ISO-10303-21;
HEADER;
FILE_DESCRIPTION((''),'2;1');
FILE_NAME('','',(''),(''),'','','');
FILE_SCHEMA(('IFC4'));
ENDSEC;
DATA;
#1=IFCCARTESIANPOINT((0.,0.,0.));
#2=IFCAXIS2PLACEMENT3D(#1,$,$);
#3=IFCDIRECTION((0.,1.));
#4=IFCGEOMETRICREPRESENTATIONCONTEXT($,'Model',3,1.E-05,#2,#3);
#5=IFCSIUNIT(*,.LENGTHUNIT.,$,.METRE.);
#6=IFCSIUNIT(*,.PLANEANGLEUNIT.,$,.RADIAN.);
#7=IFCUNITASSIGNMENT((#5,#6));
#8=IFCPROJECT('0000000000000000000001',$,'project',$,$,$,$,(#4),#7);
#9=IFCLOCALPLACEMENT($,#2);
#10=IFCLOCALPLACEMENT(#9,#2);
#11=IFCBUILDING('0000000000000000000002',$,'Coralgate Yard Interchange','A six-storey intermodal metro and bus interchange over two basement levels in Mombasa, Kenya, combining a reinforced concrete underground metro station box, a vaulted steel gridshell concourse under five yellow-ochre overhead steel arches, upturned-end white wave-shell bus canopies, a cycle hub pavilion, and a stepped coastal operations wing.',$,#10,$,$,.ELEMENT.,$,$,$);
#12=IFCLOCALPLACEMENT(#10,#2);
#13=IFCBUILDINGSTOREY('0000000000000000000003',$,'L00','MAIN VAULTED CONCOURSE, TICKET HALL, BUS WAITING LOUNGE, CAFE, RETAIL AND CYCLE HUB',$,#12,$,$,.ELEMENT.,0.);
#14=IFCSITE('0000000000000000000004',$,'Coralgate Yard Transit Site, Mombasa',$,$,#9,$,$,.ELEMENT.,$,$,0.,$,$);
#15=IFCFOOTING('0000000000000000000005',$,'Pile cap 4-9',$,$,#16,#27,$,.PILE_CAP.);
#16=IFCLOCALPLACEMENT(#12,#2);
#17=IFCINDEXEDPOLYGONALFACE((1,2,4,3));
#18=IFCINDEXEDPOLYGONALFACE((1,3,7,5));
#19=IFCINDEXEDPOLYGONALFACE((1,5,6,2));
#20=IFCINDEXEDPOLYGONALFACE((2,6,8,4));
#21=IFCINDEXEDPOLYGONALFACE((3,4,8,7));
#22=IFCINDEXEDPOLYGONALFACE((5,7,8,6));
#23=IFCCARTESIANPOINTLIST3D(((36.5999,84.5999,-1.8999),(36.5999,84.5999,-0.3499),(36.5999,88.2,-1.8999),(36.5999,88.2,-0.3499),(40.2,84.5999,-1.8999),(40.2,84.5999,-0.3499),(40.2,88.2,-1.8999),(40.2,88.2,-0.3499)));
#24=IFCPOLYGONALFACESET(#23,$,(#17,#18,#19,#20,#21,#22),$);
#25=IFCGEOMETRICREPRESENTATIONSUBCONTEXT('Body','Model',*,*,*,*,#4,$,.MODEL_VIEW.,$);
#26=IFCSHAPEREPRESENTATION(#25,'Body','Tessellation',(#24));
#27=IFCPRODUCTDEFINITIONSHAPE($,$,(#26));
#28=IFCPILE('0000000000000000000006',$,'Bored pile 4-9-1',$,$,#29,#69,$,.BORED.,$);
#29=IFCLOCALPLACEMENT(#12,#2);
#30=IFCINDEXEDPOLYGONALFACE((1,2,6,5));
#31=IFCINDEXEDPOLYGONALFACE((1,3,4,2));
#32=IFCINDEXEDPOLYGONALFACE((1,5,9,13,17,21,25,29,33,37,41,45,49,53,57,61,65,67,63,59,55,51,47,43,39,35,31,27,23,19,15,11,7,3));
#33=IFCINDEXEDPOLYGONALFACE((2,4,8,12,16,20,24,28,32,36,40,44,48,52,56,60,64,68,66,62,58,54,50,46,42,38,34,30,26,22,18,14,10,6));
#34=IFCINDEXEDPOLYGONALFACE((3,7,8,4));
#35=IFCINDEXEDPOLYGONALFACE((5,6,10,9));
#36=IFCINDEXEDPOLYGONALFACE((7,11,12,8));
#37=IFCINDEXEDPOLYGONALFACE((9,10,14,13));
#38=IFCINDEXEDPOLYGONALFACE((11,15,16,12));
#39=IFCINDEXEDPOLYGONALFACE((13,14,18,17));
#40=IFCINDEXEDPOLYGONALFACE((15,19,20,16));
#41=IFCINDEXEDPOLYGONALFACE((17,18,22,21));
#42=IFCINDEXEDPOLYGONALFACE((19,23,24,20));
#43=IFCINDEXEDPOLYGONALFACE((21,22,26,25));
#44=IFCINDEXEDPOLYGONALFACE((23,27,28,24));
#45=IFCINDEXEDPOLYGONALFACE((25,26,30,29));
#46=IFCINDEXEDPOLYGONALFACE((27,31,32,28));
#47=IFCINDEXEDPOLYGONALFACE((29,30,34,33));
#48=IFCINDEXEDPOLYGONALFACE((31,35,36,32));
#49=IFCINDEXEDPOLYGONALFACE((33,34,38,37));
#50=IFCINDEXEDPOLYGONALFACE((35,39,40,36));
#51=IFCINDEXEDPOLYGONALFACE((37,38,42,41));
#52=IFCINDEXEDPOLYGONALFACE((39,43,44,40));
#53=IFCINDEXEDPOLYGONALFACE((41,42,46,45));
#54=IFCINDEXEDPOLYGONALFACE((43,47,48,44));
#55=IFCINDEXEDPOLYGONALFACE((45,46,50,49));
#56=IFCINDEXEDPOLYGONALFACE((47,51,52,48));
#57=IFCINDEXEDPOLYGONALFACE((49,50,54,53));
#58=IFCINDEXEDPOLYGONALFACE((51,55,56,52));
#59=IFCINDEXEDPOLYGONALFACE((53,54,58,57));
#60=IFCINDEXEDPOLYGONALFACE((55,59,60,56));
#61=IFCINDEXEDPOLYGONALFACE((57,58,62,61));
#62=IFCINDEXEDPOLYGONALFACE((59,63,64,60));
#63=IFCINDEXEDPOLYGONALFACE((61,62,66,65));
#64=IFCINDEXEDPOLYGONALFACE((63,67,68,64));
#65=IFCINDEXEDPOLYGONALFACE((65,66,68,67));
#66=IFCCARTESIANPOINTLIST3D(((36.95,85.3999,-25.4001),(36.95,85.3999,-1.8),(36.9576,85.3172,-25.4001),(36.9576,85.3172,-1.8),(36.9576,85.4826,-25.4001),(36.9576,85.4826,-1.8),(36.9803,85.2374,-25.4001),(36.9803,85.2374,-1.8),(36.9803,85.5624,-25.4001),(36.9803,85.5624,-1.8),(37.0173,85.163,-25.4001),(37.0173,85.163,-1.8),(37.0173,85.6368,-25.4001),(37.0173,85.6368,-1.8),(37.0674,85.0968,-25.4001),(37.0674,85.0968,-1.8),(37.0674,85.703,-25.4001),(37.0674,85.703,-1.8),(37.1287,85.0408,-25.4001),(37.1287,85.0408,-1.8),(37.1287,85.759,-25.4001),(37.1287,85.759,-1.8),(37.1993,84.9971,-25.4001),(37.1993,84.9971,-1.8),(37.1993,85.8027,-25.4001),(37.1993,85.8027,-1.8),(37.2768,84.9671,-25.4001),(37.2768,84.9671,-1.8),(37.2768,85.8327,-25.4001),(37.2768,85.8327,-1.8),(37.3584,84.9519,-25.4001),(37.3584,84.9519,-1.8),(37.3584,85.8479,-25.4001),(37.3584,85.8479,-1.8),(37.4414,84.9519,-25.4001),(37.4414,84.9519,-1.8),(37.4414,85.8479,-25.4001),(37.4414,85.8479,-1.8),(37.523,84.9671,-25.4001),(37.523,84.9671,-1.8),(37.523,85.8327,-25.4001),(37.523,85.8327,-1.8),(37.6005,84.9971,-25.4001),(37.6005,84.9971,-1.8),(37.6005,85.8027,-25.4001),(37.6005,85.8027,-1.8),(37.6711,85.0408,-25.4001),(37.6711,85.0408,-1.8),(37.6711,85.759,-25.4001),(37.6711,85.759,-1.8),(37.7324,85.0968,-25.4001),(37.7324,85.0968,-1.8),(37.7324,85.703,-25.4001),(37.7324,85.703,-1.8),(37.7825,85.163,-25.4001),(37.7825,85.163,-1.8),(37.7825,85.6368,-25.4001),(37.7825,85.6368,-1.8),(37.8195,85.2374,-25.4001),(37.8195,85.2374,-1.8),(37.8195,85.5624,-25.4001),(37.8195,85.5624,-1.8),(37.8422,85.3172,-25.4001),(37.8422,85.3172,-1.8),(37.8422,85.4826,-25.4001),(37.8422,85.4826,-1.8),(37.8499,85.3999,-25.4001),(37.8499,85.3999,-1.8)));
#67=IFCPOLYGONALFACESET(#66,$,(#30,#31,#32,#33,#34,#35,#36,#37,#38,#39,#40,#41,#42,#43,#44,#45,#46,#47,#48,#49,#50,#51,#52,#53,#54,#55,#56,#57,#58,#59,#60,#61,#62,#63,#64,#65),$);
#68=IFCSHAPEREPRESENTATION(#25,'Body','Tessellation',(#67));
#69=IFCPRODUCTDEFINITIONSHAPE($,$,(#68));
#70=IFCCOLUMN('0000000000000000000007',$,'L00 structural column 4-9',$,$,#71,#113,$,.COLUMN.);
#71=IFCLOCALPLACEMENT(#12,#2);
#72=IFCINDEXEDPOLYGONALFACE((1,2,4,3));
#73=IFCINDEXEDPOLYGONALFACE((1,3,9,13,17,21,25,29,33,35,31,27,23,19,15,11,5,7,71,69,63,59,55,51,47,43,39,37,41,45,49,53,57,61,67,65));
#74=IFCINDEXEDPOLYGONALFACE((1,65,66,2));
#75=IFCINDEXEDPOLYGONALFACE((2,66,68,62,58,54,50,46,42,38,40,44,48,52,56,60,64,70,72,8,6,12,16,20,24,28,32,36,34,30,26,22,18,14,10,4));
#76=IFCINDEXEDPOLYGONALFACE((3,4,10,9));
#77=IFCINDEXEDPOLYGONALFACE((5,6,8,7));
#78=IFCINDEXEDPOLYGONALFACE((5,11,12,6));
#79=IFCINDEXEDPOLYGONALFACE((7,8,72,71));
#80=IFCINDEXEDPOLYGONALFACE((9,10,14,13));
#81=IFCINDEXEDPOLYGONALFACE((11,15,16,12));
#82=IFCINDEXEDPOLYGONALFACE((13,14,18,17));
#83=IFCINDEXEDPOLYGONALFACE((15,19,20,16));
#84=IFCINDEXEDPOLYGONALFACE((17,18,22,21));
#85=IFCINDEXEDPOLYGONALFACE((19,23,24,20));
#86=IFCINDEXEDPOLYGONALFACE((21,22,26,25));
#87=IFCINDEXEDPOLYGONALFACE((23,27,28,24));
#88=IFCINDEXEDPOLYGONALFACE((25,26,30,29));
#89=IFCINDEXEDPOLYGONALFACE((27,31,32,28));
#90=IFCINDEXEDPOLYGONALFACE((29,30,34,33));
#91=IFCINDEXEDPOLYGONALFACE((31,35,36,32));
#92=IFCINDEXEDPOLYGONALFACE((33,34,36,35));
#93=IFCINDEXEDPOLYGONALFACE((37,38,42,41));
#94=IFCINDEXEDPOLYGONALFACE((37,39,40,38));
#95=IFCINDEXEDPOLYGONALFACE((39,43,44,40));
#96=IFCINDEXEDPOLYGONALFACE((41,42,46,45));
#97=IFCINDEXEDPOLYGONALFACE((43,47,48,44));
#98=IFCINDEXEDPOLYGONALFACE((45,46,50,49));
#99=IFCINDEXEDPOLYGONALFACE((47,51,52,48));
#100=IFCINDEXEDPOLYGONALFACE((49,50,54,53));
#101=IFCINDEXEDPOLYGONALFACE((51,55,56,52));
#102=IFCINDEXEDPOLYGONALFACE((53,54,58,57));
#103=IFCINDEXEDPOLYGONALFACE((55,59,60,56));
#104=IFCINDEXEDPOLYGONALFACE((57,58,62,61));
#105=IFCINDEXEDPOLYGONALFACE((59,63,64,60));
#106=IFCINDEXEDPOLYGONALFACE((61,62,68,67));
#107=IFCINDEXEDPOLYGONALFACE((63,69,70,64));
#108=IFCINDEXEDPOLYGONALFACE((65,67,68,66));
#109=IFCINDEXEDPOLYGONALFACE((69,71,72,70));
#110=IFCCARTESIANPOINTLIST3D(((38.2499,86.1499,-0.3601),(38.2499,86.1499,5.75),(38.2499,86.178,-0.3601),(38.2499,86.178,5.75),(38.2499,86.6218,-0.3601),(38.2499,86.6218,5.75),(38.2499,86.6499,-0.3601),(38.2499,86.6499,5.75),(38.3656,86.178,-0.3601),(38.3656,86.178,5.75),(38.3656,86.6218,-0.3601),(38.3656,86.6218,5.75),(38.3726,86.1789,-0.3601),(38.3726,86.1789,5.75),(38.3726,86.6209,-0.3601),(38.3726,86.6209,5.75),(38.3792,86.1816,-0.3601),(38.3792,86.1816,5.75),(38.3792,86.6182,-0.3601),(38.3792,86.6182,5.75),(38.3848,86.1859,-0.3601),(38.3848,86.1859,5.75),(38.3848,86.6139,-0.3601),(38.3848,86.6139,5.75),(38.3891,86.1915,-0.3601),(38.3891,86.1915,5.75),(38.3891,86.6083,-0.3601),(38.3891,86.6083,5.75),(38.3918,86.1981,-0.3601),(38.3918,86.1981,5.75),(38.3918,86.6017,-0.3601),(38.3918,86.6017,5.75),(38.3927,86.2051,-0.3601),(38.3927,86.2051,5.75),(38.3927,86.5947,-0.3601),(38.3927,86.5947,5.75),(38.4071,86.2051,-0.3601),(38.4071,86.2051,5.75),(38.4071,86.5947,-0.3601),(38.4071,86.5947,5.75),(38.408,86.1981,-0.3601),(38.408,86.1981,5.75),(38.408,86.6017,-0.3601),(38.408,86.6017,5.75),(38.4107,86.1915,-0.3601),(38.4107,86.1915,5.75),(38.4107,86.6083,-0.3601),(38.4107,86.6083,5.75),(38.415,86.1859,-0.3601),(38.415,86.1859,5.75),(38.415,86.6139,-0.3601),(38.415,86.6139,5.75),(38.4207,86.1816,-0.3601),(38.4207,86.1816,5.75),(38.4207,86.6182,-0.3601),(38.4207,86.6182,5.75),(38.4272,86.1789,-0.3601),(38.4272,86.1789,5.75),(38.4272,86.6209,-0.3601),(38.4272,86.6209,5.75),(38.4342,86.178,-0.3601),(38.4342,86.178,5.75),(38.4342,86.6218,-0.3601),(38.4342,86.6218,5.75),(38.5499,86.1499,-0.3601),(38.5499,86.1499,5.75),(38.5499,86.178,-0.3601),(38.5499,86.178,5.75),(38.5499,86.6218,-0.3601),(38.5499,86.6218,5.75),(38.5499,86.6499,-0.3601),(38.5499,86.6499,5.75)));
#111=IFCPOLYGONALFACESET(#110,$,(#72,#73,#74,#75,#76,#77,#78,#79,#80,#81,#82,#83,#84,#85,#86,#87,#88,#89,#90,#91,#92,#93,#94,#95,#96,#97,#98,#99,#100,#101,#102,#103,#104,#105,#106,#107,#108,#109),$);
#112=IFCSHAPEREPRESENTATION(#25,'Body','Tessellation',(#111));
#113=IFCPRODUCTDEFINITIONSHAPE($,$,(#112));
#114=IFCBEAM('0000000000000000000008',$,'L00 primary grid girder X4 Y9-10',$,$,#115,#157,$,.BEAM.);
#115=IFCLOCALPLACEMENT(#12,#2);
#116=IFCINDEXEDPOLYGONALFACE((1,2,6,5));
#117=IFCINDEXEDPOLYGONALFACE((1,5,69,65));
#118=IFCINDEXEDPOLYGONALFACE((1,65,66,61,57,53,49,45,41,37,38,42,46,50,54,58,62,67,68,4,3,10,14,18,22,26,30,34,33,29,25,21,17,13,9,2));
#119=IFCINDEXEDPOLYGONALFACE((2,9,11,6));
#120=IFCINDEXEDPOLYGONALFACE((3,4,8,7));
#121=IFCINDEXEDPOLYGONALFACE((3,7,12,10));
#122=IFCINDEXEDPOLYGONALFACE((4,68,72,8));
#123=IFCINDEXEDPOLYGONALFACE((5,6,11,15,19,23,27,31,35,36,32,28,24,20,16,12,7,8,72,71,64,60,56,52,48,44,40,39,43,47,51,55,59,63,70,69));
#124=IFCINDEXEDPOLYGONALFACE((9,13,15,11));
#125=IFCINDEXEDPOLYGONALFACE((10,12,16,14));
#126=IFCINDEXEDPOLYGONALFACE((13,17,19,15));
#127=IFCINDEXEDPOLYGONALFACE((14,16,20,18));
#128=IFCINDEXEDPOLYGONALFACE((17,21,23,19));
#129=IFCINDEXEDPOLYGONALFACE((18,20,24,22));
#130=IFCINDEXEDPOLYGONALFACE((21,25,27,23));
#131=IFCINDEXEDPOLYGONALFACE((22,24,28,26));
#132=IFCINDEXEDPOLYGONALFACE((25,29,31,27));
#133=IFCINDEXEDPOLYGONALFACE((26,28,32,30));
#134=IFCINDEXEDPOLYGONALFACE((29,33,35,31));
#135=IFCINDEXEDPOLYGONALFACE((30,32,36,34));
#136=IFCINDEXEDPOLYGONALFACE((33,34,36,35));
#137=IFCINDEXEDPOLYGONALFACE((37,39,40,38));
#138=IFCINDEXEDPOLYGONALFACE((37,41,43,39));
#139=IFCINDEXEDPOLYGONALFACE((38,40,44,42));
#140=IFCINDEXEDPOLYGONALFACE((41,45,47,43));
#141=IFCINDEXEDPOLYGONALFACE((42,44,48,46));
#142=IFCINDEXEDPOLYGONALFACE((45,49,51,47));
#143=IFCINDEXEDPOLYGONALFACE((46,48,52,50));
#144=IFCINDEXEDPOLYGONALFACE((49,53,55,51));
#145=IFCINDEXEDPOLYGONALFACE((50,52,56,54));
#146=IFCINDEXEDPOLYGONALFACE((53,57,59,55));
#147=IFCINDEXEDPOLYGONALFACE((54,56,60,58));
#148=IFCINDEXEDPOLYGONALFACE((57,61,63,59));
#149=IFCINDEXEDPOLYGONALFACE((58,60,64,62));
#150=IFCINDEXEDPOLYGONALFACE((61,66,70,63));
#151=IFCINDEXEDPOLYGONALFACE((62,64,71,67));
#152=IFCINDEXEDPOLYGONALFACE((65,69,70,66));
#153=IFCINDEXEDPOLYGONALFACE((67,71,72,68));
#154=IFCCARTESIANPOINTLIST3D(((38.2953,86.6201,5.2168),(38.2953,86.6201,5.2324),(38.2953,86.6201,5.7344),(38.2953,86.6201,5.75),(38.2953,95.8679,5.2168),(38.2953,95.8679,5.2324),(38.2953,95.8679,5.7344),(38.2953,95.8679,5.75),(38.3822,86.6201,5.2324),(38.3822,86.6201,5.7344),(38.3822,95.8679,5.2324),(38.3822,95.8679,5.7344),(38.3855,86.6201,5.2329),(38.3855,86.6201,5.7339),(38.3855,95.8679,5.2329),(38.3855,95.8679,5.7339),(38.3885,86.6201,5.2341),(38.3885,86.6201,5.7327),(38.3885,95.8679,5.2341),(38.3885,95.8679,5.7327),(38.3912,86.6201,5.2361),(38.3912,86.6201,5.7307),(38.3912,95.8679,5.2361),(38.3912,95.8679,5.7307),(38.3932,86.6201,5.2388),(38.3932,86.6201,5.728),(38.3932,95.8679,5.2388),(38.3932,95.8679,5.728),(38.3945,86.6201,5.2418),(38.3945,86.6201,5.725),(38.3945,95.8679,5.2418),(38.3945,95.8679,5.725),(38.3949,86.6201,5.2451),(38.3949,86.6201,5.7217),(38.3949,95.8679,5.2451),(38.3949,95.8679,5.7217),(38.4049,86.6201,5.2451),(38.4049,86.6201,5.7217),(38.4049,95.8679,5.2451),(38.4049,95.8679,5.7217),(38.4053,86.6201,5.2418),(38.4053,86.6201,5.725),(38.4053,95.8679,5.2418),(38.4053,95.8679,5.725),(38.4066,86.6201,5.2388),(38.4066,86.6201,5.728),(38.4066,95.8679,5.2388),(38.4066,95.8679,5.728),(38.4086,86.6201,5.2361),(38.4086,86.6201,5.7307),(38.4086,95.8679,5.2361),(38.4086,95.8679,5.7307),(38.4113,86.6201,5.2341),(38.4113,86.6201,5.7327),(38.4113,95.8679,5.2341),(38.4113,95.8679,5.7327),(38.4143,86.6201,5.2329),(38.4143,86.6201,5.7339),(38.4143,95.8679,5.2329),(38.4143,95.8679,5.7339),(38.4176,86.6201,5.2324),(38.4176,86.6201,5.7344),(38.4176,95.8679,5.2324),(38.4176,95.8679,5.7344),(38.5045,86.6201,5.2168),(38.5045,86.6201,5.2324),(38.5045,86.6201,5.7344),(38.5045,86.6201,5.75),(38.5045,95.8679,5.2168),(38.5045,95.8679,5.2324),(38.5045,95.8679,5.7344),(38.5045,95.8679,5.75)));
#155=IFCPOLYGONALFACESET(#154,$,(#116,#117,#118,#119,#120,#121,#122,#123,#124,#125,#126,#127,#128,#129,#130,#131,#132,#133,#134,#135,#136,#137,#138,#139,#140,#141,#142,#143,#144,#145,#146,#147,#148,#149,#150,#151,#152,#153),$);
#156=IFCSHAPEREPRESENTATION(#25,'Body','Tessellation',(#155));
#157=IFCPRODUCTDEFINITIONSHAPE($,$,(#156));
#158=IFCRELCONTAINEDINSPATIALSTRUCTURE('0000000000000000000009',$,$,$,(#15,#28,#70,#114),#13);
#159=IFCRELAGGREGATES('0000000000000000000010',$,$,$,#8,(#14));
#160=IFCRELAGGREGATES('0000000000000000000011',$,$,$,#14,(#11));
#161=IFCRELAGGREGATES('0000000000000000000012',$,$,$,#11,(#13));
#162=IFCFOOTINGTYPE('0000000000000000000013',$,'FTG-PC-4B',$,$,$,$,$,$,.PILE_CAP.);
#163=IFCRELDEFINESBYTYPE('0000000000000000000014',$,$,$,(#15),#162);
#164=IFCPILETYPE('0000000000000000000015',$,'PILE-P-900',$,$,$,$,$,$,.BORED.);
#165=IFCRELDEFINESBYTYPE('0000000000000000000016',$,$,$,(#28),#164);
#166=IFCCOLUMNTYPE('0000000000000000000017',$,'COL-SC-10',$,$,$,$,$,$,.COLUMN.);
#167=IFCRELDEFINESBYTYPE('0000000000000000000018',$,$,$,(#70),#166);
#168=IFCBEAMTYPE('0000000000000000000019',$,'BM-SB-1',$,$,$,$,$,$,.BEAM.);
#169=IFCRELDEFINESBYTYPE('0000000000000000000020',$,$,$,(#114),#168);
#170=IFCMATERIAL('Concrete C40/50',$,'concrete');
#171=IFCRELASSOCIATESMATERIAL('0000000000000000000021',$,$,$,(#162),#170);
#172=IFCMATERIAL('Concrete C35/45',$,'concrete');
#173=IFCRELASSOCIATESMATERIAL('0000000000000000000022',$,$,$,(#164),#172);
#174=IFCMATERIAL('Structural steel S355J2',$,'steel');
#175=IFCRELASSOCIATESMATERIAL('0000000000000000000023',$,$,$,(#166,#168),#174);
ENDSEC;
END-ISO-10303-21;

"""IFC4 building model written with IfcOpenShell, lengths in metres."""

from ifc_helpers import new_model, si_unit, direction, frame, origin, origin_2d, place, context, subcontext, project, spatial, rectangle, circle, i_section, extrude, material, material_profile, profile_set, type_object, element, save


model = new_model("IFC4")

# Units and contexts
model_context = context("Model", 3, precision=1e-05, world=origin(), true_north=direction((0.0, 1.0)))
body_context = subcontext(model_context, "Body", "Model", "MODEL_VIEW")
ifc_project = project(units=[si_unit("LENGTHUNIT", "METRE"), si_unit("PLANEANGLEUNIT", "RADIAN")], contexts=[model_context])

# Site, building, storey
site_placement = place(None, origin())
site = spatial("IfcSite", under=ifc_project, at=site_placement, Name="Coralgate Yard Transit Site, Mombasa", CompositionType="ELEMENT", RefElevation=0.0)
building_placement = place(site_placement, origin())
building = spatial("IfcBuilding", under=site, at=building_placement, Name="Coralgate Yard Interchange", Description="A six-storey intermodal metro and bus interchange over two basement levels in Mombasa, Kenya, combining a reinforced concrete underground metro station box, a vaulted steel gridshell concourse under five yellow-ochre overhead steel arches, upturned-end white wave-shell bus canopies, a cycle hub pavilion, and a stepped coastal operations wing.", CompositionType="ELEMENT")
storey_placement = place(building_placement, origin())
storey = spatial("IfcBuildingStorey", under=building, at=storey_placement, Name="L00", Description="MAIN VAULTED CONCOURSE, TICKET HALL, BUS WAITING LOUNGE, CAFE, RETAIL AND CYCLE HUB", CompositionType="ELEMENT", Elevation=0.0)

# Footing
ifc_material_1 = material(Name="Concrete C40/50", Category="concrete")
footing_type = type_object("IfcFootingType", Name="FTG-PC-4B", PredefinedType="PILE_CAP", material=ifc_material_1)
footing_placement = place(storey_placement, frame((38.3999, 86.3999, -1.8999), z_axis=(0.0, 0.0, 1.0), x_axis=(1.0, 0.0, 0.0)))
element("IfcFooting", 1, at=footing_placement, inside=storey, type_object=footing_type, Name="Pile cap 4-9", PredefinedType="PILE_CAP", context=body_context, shape_type="SweptSolid", body=[
    extrude(rectangle(XDim=3.6001, YDim=3.6001, at=origin_2d()), origin(), (0.0, 0.0, 1.0), 1.55),
])

# Pile
ifc_material_2 = material(Name="Concrete C35/45", Category="concrete")
ifc_material_profile_1 = material_profile(ifc_material_2, circle(Radius=0.45, at=origin_2d()), Name="BORED PILE D900")
ifc_profile_set_1 = profile_set([ifc_material_profile_1], Name="Concrete C35/45")
pile_type = type_object("IfcPileType", Name="PILE-P-900", PredefinedType="BORED", material=ifc_profile_set_1)
pile_placement = place(storey_placement, frame((37.3999, 85.3999, -1.8), z_axis=(0.0, 0.0, -1.0), x_axis=(1.0, 0.0, 0.0)))
element("IfcPile", 2, at=pile_placement, inside=storey, type_object=pile_type, Name="Bored pile 4-9-1", PredefinedType="BORED", context=body_context, shape_type="SweptSolid", body=[
    extrude(circle(Radius=0.45, at=origin_2d()), origin(), (0.0, 0.0, 1.0), 23.6001),
])

# Column
ifc_material_3 = material(Name="Structural steel S355J2", Category="steel")
ifc_material_profile_2 = material_profile(ifc_material_3, i_section(OverallWidth=0.3, OverallDepth=0.5, WebThickness=0.0144, FlangeThickness=0.0281, FilletRadius=0.0271, at=origin_2d()), Name="HEB 500")
ifc_profile_set_2 = profile_set([ifc_material_profile_2], Name="Structural steel S355J2")
column_type = type_object("IfcColumnType", Name="COL-SC-10", PredefinedType="COLUMN", material=ifc_profile_set_2)
column_placement = place(storey_placement, frame((38.3999, 86.3999, -0.3601), z_axis=(0.0, 0.0, 1.0), x_axis=(1.0, 0.0, 0.0)))
element("IfcColumn", 3, at=column_placement, inside=storey, type_object=column_type, Name="L00 structural column 4-9", PredefinedType="COLUMN", context=body_context, shape_type="SweptSolid", body=[
    extrude(i_section(OverallWidth=0.3, OverallDepth=0.5, WebThickness=0.0144, FlangeThickness=0.0281, FilletRadius=0.0271, at=origin_2d()), origin(), (0.0, 0.0, 1.0), 6.1101),
])

# Beam
ifc_material_profile_3 = material_profile(ifc_material_3, i_section(OverallWidth=0.2092, OverallDepth=0.5332, WebThickness=0.01, FlangeThickness=0.0156, FilletRadius=0.0127, at=origin_2d()), Name="UB 533x210x92")
ifc_profile_set_3 = profile_set([ifc_material_profile_3], Name="Structural steel S355J2")
beam_type_1 = type_object("IfcBeamType", Name="BM-SB-1", PredefinedType="BEAM", material=ifc_profile_set_3)
beam_1_placement = place(storey_placement, frame((38.3999, 86.6201, 5.4834), z_axis=(0.0, 1.0, 0.0), x_axis=(-1.0, 0.0, 0.0)))
element("IfcBeam", 4, at=beam_1_placement, inside=storey, type_object=beam_type_1, Name="L00 primary grid girder X4 Y9-10", PredefinedType="BEAM", context=body_context, shape_type="SweptSolid", body=[
    extrude(i_section(OverallWidth=0.2092, OverallDepth=0.5332, WebThickness=0.01, FlangeThickness=0.0156, FilletRadius=0.0127, at=origin_2d()), origin(), (0.0, 0.0, 1.0), 9.2478),
])

save(model, "model.ifc")
